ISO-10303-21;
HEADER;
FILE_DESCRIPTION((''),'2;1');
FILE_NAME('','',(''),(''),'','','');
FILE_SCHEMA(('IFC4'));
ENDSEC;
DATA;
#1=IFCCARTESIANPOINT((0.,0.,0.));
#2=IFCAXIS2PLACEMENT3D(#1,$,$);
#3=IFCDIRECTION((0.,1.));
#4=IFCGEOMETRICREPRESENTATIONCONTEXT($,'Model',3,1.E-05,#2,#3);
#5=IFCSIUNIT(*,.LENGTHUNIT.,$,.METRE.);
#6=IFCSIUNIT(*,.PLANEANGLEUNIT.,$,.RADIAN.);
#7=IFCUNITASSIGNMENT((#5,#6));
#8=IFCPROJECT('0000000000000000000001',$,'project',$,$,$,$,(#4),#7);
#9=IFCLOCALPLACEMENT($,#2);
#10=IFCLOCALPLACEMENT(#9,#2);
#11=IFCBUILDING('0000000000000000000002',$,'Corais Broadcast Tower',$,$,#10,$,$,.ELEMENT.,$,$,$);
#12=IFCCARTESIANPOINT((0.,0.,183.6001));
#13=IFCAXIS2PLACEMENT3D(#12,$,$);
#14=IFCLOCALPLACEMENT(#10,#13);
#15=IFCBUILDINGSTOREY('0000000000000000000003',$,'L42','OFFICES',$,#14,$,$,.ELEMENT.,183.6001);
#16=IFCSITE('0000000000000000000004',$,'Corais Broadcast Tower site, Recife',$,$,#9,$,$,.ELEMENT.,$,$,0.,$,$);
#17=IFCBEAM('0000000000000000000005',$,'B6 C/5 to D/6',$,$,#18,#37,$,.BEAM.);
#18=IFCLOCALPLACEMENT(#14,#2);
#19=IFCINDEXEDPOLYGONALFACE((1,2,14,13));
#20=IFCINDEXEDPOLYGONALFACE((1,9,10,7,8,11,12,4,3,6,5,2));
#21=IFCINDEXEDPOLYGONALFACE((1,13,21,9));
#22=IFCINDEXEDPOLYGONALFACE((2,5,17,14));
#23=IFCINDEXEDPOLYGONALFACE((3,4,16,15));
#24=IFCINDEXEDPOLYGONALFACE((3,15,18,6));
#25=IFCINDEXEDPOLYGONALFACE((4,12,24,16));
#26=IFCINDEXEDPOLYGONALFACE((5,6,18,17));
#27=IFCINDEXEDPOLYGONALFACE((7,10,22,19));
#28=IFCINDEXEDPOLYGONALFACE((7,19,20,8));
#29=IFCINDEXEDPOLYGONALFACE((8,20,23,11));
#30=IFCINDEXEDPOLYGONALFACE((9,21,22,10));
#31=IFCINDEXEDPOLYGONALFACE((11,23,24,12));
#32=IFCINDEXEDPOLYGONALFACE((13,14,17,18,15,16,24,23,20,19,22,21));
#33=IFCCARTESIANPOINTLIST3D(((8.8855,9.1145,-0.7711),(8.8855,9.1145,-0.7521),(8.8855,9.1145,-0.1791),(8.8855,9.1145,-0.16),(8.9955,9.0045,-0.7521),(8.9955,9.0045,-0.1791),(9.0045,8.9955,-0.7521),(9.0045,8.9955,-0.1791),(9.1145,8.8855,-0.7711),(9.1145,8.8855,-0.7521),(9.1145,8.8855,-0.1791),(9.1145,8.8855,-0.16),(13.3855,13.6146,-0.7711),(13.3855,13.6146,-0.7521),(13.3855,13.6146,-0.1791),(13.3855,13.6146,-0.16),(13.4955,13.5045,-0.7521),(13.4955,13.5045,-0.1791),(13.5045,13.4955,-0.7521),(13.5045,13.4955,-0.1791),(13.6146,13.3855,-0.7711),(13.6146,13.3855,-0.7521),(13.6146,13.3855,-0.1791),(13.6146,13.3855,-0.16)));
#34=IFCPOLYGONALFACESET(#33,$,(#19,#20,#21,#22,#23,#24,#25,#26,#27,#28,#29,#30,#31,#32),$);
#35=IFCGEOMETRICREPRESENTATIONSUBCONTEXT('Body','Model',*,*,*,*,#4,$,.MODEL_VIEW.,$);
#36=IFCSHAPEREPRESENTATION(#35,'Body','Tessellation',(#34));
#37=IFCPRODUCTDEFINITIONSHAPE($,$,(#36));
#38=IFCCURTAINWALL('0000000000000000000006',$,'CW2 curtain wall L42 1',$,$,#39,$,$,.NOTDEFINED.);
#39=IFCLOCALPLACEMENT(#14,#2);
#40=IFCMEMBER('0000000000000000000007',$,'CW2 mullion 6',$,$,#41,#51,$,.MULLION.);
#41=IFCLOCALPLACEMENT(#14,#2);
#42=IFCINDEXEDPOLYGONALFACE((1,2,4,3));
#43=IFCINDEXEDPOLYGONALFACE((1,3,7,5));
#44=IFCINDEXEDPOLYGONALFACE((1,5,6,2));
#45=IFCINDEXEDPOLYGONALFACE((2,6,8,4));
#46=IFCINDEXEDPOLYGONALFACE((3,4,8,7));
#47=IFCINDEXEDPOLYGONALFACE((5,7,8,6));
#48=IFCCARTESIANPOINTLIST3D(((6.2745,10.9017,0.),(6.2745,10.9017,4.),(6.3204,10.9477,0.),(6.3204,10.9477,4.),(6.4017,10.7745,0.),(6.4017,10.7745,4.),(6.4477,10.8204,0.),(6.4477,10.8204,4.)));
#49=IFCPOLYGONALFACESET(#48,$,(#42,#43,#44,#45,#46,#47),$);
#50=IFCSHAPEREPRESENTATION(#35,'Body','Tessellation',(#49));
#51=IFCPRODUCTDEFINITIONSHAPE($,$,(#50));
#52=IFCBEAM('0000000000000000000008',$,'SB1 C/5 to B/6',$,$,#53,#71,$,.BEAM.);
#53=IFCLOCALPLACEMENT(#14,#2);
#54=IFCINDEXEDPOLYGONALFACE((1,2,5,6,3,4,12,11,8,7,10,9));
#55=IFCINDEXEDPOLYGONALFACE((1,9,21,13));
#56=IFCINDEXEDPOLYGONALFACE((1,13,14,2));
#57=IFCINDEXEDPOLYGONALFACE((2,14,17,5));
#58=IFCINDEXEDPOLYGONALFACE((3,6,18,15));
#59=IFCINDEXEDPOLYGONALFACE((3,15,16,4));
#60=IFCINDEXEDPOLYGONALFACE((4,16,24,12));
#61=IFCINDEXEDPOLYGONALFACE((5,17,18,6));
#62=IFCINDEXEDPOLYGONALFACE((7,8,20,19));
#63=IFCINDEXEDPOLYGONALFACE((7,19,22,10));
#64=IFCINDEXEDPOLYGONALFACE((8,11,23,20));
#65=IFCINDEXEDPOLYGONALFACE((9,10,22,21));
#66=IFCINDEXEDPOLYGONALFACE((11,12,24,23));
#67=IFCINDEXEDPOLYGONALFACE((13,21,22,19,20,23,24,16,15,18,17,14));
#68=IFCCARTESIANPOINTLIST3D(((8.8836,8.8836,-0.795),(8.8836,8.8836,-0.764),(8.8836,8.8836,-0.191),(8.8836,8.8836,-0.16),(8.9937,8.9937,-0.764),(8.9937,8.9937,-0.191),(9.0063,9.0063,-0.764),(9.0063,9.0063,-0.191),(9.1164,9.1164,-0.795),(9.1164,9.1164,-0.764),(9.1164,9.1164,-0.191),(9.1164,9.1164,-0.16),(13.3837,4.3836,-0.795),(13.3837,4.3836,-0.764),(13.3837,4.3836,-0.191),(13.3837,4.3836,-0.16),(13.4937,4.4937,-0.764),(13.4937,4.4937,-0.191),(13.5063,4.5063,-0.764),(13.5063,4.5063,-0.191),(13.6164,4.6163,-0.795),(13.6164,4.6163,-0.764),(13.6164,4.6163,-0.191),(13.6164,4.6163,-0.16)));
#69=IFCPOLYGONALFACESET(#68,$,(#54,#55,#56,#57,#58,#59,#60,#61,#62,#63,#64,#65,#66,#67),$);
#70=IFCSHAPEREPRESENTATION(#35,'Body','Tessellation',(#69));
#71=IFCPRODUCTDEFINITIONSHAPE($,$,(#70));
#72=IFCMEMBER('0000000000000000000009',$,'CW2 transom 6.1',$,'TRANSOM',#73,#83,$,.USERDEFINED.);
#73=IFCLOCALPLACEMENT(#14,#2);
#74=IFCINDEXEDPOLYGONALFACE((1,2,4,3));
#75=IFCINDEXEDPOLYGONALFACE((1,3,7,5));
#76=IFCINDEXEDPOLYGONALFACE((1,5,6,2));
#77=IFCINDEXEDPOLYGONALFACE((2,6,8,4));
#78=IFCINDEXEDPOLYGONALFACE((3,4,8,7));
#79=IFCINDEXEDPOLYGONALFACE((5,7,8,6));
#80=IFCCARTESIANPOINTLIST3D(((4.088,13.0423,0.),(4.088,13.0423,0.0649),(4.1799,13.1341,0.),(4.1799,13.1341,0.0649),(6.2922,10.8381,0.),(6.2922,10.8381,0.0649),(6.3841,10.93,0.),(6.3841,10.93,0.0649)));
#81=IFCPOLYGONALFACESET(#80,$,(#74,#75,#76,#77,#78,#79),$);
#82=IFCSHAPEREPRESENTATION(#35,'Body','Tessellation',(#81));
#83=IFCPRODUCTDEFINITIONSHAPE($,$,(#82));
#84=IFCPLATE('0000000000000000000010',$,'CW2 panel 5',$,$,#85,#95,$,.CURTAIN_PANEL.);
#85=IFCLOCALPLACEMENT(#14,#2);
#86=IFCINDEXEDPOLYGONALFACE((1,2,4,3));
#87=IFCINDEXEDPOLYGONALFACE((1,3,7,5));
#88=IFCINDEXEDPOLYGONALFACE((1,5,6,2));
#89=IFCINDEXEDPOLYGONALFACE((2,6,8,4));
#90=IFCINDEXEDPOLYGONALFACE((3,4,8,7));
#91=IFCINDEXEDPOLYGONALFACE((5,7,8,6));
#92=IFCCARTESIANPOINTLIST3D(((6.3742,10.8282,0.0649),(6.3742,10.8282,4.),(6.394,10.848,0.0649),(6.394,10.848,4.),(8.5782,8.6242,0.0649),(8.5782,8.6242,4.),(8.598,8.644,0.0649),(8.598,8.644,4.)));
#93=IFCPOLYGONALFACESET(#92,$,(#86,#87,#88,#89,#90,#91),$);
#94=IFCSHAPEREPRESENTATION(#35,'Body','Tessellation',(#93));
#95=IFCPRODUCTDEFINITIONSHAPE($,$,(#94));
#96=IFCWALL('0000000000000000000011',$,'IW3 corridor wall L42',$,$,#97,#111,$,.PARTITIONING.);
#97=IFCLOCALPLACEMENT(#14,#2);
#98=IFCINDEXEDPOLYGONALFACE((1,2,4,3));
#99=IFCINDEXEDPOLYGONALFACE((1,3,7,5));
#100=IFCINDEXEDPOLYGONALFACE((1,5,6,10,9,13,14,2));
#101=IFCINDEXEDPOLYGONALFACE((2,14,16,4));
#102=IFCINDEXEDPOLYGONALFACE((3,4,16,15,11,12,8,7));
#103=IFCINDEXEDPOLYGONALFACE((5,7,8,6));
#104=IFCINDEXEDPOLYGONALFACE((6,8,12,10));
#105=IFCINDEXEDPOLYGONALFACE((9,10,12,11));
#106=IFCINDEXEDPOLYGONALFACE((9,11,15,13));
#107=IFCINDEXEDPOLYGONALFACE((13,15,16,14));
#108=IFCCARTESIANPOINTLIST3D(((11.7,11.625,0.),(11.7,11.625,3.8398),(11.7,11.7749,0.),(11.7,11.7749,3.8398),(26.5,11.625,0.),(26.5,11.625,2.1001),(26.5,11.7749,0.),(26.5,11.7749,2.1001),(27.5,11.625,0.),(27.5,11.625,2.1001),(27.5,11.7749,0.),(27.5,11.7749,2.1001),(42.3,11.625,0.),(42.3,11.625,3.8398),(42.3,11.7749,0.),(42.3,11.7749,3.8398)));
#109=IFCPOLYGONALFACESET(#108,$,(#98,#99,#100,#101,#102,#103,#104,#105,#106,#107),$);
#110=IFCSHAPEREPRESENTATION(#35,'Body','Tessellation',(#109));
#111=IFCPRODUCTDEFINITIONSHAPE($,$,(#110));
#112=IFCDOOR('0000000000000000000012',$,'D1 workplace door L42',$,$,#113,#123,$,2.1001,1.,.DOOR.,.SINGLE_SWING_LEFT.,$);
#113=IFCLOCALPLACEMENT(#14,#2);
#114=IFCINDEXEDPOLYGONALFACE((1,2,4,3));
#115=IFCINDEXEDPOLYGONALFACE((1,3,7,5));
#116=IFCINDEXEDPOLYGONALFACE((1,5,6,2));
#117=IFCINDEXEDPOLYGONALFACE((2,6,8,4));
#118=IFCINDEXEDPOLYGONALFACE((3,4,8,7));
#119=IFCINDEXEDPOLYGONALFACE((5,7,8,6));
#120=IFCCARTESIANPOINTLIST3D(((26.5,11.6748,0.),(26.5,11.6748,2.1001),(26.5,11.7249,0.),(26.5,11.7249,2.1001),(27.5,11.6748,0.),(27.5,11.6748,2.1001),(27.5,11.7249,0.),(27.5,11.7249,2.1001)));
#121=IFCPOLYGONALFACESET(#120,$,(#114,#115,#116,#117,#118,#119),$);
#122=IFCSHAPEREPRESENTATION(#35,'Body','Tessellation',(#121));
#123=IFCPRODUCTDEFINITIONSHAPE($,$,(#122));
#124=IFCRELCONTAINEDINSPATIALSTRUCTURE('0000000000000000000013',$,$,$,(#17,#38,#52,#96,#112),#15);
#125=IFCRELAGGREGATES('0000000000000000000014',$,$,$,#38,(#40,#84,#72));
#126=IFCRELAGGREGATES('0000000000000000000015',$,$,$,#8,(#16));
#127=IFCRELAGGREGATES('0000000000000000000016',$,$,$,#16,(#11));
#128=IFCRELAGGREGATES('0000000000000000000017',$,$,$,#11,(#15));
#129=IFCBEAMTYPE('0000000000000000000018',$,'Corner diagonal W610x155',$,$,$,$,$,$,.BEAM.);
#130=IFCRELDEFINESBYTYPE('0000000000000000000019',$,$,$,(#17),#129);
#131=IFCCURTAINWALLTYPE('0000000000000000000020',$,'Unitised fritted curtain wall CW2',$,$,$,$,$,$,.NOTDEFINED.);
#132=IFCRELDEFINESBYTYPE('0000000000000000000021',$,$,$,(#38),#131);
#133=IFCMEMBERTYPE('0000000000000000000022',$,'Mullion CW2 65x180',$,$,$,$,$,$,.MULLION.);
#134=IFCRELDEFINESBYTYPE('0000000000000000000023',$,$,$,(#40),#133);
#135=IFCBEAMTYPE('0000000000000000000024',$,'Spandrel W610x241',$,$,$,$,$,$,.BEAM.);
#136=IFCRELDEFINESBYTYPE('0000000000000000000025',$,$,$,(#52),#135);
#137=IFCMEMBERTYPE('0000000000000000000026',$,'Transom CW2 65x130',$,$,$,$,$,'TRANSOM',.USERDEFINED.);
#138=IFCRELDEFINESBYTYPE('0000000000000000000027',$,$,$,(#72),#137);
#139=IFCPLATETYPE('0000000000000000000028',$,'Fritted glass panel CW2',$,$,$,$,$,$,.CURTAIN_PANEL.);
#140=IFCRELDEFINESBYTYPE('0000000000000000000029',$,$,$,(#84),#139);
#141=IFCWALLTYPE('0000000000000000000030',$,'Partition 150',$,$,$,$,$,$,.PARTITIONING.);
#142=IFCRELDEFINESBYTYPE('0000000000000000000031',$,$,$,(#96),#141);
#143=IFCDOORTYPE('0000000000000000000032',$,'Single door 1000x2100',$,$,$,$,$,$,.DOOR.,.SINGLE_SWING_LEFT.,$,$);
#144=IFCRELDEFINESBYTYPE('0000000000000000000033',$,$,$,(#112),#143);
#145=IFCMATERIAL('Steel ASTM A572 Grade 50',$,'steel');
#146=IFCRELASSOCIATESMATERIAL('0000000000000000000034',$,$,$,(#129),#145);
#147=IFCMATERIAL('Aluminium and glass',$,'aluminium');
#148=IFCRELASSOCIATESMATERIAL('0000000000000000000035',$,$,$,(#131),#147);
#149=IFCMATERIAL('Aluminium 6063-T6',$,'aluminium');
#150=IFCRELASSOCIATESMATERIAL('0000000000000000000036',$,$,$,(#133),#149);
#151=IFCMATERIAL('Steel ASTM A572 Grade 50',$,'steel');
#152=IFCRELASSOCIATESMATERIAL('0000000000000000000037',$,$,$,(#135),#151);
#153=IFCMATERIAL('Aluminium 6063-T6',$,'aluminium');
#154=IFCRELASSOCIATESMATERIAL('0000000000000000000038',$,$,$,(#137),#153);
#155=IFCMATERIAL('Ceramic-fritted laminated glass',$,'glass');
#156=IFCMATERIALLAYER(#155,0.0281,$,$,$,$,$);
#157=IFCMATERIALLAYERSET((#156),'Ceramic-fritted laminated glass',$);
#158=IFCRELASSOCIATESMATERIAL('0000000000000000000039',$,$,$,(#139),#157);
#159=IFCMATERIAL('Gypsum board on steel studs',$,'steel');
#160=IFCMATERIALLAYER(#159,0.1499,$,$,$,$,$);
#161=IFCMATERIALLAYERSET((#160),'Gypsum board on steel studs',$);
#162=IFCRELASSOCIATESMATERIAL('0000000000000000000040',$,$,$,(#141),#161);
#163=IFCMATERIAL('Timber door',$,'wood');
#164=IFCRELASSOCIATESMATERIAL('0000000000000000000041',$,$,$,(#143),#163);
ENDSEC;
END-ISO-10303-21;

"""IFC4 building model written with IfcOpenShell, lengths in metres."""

from ifc_helpers import new_model, si_unit, direction, frame, frame_2d, origin, origin_2d, place, context, subcontext, project, spatial, rectangle, i_section, extrude, material, layer, layer_set, material_profile, profile_set, type_object, element, fill, aggregate, save


model = new_model("IFC4")

# Units and contexts
model_context = context("Model", 3, precision=1e-05, world=origin(), true_north=direction((0.0, 1.0)))
body_context = subcontext(model_context, "Body", "Model", "MODEL_VIEW")
ifc_project = project(units=[si_unit("LENGTHUNIT", "METRE"), si_unit("PLANEANGLEUNIT", "RADIAN")], contexts=[model_context])

# Site, building, storey
site_placement = place(None, origin())
site = spatial("IfcSite", under=ifc_project, at=site_placement, Name="Corais Broadcast Tower site, Recife", CompositionType="ELEMENT", RefElevation=0.0)
building_placement = place(site_placement, origin())
building = spatial("IfcBuilding", under=site, at=building_placement, Name="Corais Broadcast Tower", CompositionType="ELEMENT")
storey_placement = place(building_placement, frame((0.0, 0.0, 183.6001)))
storey = spatial("IfcBuildingStorey", under=building, at=storey_placement, Name="L42", Description="OFFICES", CompositionType="ELEMENT", Elevation=183.6001)

# Beam
ifc_material_1 = material(Name="Steel ASTM A572 Grade 50", Category="steel")
ifc_material_profile_1 = material_profile(ifc_material_1, i_section(OverallWidth=0.324, OverallDepth=0.6111, WebThickness=0.0127, FlangeThickness=0.019, at=origin_2d()), Name="W610x155")
ifc_profile_set_1 = profile_set([ifc_material_profile_1], Name="Steel ASTM A572 Grade 50")
beam_type_1 = type_object("IfcBeamType", Name="Corner diagonal W610x155", PredefinedType="BEAM", material=ifc_profile_set_1)
beam_1_placement = place(storey_placement, frame((9.0, 9.0, -0.4656), z_axis=(0.707107, 0.707107, 0.0), x_axis=(-0.707107, 0.707107, 0.0)))
element("IfcBeam", 1, at=beam_1_placement, inside=storey, type_object=beam_type_1, Name="B6 C/5 to D/6", PredefinedType="BEAM", context=body_context, shape_type="SweptSolid", body=[
    extrude(i_section(OverallWidth=0.324, OverallDepth=0.6111, WebThickness=0.0127, FlangeThickness=0.019, at=origin_2d()), origin(), (0.0, 0.0, 1.0), 6.364),
])

# Curtain wall, member
ifc_material_2 = material(Name="Aluminium and glass", Category="aluminium")
curtain_wall_type = type_object("IfcCurtainWallType", Name="Unitised fritted curtain wall CW2", PredefinedType="NOTDEFINED", material=ifc_material_2)
curtain_wall_placement = place(storey_placement, origin())
curtain_wall = element("IfcCurtainWall", 2, at=curtain_wall_placement, inside=storey, type_object=curtain_wall_type, Name="CW2 curtain wall L42 1", PredefinedType="NOTDEFINED")
ifc_material_3 = material(Name="Aluminium 6063-T6", Category="aluminium")
ifc_material_profile_2 = material_profile(ifc_material_3, rectangle(XDim=0.0649, YDim=0.1799, at=origin_2d()), Name="Mullion CW2 65x180")
ifc_profile_set_2 = profile_set([ifc_material_profile_2], Name="Aluminium 6063-T6")
member_type_1 = type_object("IfcMemberType", Name="Mullion CW2 65x180", PredefinedType="MULLION", material=ifc_profile_set_2)
member_1_placement = place(storey_placement, frame((6.3611, 10.8611, 0.0), z_axis=(0.0, 0.0, 1.0), x_axis=(-0.707107, -0.707107, 0.0)))
member_1 = element("IfcMember", 3, at=member_1_placement, type_object=member_type_1, Name="CW2 mullion 6", PredefinedType="MULLION", context=body_context, shape_type="SweptSolid", body=[
    extrude(rectangle(XDim=0.0649, YDim=0.1799, at=origin_2d()), origin(), (0.0, 0.0, 1.0), 4.0),
])

# Beam
ifc_material_4 = material(Name="Steel ASTM A572 Grade 50", Category="steel")
ifc_material_profile_3 = material_profile(ifc_material_4, i_section(OverallWidth=0.3291, OverallDepth=0.635, WebThickness=0.0178, FlangeThickness=0.031, at=origin_2d()), Name="W610x241")
ifc_profile_set_3 = profile_set([ifc_material_profile_3], Name="Steel ASTM A572 Grade 50")
beam_type_2 = type_object("IfcBeamType", Name="Spandrel W610x241", PredefinedType="BEAM", material=ifc_profile_set_3)
beam_2_placement = place(storey_placement, frame((9.0, 9.0, -0.4775), z_axis=(0.707107, -0.707107, 0.0), x_axis=(0.707107, 0.707107, 0.0)))
element("IfcBeam", 4, at=beam_2_placement, inside=storey, type_object=beam_type_2, Name="SB1 C/5 to B/6", PredefinedType="BEAM", context=body_context, shape_type="SweptSolid", body=[
    extrude(i_section(OverallWidth=0.3291, OverallDepth=0.635, WebThickness=0.0178, FlangeThickness=0.031, at=origin_2d()), origin(), (0.0, 0.0, 1.0), 6.364),
])

# Member
ifc_material_5 = material(Name="Aluminium 6063-T6", Category="aluminium")
ifc_material_profile_4 = material_profile(ifc_material_5, rectangle(XDim=0.1299, YDim=0.0649, at=origin_2d()), Name="Transom CW2 65x130")
ifc_profile_set_4 = profile_set([ifc_material_profile_4], Name="Aluminium 6063-T6")
member_type_2 = type_object("IfcMemberType", Name="Transom CW2 65x130", ElementType="TRANSOM", PredefinedType="USERDEFINED", material=ifc_profile_set_4)
member_2_placement = place(storey_placement, frame((6.3381, 10.884, 0.0325), z_axis=(-0.707107, 0.707107, 0.0), x_axis=(-0.707107, -0.707107, 0.0)))
member_2 = element("IfcMember", 5, at=member_2_placement, type_object=member_type_2, Name="CW2 transom 6.1", ObjectType="TRANSOM", PredefinedType="USERDEFINED", context=body_context, shape_type="SweptSolid", body=[
    extrude(rectangle(XDim=0.1299, YDim=0.0649, at=origin_2d()), origin(), (0.0, 0.0, 1.0), 3.1172),
])

# Plate
ifc_material_6 = material(Name="Ceramic-fritted laminated glass", Category="glass")
ifc_layer_1 = layer(ifc_material_6, 0.0281)
ifc_layer_set_1 = layer_set([ifc_layer_1], Name="Ceramic-fritted laminated glass")
plate_type = type_object("IfcPlateType", Name="Fritted glass panel CW2", PredefinedType="CURTAIN_PANEL", material=ifc_layer_set_1)
plate_placement = place(storey_placement, frame((7.4861, 9.7361, 0.0649), z_axis=(0.0, 0.0, 1.0), x_axis=(-0.707107, 0.707107, 0.0)))
plate = element("IfcPlate", 6, at=plate_placement, type_object=plate_type, Name="CW2 panel 5", PredefinedType="CURTAIN_PANEL", context=body_context, shape_type="SweptSolid", body=[
    extrude(rectangle(XDim=3.1169, YDim=0.0281, at=origin_2d()), origin(), (0.0, 0.0, 1.0), 3.9351),
])
aggregate(curtain_wall, [member_1, plate, member_2])

# Wall, opening, door
ifc_material_7 = material(Name="Gypsum board on steel studs", Category="steel")
ifc_layer_2 = layer(ifc_material_7, 0.1499)
ifc_layer_set_2 = layer_set([ifc_layer_2], Name="Gypsum board on steel studs")
wall_type = type_object("IfcWallType", Name="Partition 150", PredefinedType="PARTITIONING", material=ifc_layer_set_2)
wall_placement = place(storey_placement, frame((11.7, 11.7, 0.0), z_axis=(0.0, 0.0, 1.0), x_axis=(1.0, 0.0, 0.0)))
wall = element("IfcWall", 7, at=wall_placement, inside=storey, type_object=wall_type, Name="IW3 corridor wall L42", PredefinedType="PARTITIONING", context=body_context, shape_type="SweptSolid", body=[
    extrude(rectangle(XDim=30.6001, YDim=0.1499, at=frame_2d((15.3, 0.0))), origin(), (0.0, 0.0, 1.0), 3.8398),
])
opening_placement = place(wall_placement, frame((14.8, 0.0, 0.0)))
opening = element("IfcOpeningElement", 8, at=opening_placement, cuts=wall, PredefinedType="OPENING", context=body_context, shape_type="SweptSolid", body=[
    extrude(rectangle(XDim=1.0, YDim=2.1001, at=frame_2d((0.5, 1.05))), frame((0.0, 0.085, 0.0), z_axis=(0.0, -1.0, 0.0), x_axis=(1.0, 0.0, 0.0)), (0.0, 0.0, 1.0), 0.1699),
])
ifc_material_8 = material(Name="Timber door", Category="wood")
door_type = type_object("IfcDoorType", Name="Single door 1000x2100", OperationType="SINGLE_SWING_LEFT", PredefinedType="DOOR", material=ifc_material_8)
door_placement = place(opening_placement, origin())
door = element("IfcDoor", 9, at=door_placement, inside=storey, type_object=door_type, Name="D1 workplace door L42", OperationType="SINGLE_SWING_LEFT", OverallHeight=2.1001, OverallWidth=1.0, PredefinedType="DOOR", context=body_context, shape_type="SweptSolid", body=[
    extrude(rectangle(XDim=1.0, YDim=2.1001, at=frame_2d((0.5, 1.05))), frame((0.0, 0.0249, 0.0), z_axis=(0.0, -1.0, 0.0), x_axis=(1.0, 0.0, 0.0)), (0.0, 0.0, 1.0), 0.05),
])
fill(opening, door)

save(model, "model.ifc")
